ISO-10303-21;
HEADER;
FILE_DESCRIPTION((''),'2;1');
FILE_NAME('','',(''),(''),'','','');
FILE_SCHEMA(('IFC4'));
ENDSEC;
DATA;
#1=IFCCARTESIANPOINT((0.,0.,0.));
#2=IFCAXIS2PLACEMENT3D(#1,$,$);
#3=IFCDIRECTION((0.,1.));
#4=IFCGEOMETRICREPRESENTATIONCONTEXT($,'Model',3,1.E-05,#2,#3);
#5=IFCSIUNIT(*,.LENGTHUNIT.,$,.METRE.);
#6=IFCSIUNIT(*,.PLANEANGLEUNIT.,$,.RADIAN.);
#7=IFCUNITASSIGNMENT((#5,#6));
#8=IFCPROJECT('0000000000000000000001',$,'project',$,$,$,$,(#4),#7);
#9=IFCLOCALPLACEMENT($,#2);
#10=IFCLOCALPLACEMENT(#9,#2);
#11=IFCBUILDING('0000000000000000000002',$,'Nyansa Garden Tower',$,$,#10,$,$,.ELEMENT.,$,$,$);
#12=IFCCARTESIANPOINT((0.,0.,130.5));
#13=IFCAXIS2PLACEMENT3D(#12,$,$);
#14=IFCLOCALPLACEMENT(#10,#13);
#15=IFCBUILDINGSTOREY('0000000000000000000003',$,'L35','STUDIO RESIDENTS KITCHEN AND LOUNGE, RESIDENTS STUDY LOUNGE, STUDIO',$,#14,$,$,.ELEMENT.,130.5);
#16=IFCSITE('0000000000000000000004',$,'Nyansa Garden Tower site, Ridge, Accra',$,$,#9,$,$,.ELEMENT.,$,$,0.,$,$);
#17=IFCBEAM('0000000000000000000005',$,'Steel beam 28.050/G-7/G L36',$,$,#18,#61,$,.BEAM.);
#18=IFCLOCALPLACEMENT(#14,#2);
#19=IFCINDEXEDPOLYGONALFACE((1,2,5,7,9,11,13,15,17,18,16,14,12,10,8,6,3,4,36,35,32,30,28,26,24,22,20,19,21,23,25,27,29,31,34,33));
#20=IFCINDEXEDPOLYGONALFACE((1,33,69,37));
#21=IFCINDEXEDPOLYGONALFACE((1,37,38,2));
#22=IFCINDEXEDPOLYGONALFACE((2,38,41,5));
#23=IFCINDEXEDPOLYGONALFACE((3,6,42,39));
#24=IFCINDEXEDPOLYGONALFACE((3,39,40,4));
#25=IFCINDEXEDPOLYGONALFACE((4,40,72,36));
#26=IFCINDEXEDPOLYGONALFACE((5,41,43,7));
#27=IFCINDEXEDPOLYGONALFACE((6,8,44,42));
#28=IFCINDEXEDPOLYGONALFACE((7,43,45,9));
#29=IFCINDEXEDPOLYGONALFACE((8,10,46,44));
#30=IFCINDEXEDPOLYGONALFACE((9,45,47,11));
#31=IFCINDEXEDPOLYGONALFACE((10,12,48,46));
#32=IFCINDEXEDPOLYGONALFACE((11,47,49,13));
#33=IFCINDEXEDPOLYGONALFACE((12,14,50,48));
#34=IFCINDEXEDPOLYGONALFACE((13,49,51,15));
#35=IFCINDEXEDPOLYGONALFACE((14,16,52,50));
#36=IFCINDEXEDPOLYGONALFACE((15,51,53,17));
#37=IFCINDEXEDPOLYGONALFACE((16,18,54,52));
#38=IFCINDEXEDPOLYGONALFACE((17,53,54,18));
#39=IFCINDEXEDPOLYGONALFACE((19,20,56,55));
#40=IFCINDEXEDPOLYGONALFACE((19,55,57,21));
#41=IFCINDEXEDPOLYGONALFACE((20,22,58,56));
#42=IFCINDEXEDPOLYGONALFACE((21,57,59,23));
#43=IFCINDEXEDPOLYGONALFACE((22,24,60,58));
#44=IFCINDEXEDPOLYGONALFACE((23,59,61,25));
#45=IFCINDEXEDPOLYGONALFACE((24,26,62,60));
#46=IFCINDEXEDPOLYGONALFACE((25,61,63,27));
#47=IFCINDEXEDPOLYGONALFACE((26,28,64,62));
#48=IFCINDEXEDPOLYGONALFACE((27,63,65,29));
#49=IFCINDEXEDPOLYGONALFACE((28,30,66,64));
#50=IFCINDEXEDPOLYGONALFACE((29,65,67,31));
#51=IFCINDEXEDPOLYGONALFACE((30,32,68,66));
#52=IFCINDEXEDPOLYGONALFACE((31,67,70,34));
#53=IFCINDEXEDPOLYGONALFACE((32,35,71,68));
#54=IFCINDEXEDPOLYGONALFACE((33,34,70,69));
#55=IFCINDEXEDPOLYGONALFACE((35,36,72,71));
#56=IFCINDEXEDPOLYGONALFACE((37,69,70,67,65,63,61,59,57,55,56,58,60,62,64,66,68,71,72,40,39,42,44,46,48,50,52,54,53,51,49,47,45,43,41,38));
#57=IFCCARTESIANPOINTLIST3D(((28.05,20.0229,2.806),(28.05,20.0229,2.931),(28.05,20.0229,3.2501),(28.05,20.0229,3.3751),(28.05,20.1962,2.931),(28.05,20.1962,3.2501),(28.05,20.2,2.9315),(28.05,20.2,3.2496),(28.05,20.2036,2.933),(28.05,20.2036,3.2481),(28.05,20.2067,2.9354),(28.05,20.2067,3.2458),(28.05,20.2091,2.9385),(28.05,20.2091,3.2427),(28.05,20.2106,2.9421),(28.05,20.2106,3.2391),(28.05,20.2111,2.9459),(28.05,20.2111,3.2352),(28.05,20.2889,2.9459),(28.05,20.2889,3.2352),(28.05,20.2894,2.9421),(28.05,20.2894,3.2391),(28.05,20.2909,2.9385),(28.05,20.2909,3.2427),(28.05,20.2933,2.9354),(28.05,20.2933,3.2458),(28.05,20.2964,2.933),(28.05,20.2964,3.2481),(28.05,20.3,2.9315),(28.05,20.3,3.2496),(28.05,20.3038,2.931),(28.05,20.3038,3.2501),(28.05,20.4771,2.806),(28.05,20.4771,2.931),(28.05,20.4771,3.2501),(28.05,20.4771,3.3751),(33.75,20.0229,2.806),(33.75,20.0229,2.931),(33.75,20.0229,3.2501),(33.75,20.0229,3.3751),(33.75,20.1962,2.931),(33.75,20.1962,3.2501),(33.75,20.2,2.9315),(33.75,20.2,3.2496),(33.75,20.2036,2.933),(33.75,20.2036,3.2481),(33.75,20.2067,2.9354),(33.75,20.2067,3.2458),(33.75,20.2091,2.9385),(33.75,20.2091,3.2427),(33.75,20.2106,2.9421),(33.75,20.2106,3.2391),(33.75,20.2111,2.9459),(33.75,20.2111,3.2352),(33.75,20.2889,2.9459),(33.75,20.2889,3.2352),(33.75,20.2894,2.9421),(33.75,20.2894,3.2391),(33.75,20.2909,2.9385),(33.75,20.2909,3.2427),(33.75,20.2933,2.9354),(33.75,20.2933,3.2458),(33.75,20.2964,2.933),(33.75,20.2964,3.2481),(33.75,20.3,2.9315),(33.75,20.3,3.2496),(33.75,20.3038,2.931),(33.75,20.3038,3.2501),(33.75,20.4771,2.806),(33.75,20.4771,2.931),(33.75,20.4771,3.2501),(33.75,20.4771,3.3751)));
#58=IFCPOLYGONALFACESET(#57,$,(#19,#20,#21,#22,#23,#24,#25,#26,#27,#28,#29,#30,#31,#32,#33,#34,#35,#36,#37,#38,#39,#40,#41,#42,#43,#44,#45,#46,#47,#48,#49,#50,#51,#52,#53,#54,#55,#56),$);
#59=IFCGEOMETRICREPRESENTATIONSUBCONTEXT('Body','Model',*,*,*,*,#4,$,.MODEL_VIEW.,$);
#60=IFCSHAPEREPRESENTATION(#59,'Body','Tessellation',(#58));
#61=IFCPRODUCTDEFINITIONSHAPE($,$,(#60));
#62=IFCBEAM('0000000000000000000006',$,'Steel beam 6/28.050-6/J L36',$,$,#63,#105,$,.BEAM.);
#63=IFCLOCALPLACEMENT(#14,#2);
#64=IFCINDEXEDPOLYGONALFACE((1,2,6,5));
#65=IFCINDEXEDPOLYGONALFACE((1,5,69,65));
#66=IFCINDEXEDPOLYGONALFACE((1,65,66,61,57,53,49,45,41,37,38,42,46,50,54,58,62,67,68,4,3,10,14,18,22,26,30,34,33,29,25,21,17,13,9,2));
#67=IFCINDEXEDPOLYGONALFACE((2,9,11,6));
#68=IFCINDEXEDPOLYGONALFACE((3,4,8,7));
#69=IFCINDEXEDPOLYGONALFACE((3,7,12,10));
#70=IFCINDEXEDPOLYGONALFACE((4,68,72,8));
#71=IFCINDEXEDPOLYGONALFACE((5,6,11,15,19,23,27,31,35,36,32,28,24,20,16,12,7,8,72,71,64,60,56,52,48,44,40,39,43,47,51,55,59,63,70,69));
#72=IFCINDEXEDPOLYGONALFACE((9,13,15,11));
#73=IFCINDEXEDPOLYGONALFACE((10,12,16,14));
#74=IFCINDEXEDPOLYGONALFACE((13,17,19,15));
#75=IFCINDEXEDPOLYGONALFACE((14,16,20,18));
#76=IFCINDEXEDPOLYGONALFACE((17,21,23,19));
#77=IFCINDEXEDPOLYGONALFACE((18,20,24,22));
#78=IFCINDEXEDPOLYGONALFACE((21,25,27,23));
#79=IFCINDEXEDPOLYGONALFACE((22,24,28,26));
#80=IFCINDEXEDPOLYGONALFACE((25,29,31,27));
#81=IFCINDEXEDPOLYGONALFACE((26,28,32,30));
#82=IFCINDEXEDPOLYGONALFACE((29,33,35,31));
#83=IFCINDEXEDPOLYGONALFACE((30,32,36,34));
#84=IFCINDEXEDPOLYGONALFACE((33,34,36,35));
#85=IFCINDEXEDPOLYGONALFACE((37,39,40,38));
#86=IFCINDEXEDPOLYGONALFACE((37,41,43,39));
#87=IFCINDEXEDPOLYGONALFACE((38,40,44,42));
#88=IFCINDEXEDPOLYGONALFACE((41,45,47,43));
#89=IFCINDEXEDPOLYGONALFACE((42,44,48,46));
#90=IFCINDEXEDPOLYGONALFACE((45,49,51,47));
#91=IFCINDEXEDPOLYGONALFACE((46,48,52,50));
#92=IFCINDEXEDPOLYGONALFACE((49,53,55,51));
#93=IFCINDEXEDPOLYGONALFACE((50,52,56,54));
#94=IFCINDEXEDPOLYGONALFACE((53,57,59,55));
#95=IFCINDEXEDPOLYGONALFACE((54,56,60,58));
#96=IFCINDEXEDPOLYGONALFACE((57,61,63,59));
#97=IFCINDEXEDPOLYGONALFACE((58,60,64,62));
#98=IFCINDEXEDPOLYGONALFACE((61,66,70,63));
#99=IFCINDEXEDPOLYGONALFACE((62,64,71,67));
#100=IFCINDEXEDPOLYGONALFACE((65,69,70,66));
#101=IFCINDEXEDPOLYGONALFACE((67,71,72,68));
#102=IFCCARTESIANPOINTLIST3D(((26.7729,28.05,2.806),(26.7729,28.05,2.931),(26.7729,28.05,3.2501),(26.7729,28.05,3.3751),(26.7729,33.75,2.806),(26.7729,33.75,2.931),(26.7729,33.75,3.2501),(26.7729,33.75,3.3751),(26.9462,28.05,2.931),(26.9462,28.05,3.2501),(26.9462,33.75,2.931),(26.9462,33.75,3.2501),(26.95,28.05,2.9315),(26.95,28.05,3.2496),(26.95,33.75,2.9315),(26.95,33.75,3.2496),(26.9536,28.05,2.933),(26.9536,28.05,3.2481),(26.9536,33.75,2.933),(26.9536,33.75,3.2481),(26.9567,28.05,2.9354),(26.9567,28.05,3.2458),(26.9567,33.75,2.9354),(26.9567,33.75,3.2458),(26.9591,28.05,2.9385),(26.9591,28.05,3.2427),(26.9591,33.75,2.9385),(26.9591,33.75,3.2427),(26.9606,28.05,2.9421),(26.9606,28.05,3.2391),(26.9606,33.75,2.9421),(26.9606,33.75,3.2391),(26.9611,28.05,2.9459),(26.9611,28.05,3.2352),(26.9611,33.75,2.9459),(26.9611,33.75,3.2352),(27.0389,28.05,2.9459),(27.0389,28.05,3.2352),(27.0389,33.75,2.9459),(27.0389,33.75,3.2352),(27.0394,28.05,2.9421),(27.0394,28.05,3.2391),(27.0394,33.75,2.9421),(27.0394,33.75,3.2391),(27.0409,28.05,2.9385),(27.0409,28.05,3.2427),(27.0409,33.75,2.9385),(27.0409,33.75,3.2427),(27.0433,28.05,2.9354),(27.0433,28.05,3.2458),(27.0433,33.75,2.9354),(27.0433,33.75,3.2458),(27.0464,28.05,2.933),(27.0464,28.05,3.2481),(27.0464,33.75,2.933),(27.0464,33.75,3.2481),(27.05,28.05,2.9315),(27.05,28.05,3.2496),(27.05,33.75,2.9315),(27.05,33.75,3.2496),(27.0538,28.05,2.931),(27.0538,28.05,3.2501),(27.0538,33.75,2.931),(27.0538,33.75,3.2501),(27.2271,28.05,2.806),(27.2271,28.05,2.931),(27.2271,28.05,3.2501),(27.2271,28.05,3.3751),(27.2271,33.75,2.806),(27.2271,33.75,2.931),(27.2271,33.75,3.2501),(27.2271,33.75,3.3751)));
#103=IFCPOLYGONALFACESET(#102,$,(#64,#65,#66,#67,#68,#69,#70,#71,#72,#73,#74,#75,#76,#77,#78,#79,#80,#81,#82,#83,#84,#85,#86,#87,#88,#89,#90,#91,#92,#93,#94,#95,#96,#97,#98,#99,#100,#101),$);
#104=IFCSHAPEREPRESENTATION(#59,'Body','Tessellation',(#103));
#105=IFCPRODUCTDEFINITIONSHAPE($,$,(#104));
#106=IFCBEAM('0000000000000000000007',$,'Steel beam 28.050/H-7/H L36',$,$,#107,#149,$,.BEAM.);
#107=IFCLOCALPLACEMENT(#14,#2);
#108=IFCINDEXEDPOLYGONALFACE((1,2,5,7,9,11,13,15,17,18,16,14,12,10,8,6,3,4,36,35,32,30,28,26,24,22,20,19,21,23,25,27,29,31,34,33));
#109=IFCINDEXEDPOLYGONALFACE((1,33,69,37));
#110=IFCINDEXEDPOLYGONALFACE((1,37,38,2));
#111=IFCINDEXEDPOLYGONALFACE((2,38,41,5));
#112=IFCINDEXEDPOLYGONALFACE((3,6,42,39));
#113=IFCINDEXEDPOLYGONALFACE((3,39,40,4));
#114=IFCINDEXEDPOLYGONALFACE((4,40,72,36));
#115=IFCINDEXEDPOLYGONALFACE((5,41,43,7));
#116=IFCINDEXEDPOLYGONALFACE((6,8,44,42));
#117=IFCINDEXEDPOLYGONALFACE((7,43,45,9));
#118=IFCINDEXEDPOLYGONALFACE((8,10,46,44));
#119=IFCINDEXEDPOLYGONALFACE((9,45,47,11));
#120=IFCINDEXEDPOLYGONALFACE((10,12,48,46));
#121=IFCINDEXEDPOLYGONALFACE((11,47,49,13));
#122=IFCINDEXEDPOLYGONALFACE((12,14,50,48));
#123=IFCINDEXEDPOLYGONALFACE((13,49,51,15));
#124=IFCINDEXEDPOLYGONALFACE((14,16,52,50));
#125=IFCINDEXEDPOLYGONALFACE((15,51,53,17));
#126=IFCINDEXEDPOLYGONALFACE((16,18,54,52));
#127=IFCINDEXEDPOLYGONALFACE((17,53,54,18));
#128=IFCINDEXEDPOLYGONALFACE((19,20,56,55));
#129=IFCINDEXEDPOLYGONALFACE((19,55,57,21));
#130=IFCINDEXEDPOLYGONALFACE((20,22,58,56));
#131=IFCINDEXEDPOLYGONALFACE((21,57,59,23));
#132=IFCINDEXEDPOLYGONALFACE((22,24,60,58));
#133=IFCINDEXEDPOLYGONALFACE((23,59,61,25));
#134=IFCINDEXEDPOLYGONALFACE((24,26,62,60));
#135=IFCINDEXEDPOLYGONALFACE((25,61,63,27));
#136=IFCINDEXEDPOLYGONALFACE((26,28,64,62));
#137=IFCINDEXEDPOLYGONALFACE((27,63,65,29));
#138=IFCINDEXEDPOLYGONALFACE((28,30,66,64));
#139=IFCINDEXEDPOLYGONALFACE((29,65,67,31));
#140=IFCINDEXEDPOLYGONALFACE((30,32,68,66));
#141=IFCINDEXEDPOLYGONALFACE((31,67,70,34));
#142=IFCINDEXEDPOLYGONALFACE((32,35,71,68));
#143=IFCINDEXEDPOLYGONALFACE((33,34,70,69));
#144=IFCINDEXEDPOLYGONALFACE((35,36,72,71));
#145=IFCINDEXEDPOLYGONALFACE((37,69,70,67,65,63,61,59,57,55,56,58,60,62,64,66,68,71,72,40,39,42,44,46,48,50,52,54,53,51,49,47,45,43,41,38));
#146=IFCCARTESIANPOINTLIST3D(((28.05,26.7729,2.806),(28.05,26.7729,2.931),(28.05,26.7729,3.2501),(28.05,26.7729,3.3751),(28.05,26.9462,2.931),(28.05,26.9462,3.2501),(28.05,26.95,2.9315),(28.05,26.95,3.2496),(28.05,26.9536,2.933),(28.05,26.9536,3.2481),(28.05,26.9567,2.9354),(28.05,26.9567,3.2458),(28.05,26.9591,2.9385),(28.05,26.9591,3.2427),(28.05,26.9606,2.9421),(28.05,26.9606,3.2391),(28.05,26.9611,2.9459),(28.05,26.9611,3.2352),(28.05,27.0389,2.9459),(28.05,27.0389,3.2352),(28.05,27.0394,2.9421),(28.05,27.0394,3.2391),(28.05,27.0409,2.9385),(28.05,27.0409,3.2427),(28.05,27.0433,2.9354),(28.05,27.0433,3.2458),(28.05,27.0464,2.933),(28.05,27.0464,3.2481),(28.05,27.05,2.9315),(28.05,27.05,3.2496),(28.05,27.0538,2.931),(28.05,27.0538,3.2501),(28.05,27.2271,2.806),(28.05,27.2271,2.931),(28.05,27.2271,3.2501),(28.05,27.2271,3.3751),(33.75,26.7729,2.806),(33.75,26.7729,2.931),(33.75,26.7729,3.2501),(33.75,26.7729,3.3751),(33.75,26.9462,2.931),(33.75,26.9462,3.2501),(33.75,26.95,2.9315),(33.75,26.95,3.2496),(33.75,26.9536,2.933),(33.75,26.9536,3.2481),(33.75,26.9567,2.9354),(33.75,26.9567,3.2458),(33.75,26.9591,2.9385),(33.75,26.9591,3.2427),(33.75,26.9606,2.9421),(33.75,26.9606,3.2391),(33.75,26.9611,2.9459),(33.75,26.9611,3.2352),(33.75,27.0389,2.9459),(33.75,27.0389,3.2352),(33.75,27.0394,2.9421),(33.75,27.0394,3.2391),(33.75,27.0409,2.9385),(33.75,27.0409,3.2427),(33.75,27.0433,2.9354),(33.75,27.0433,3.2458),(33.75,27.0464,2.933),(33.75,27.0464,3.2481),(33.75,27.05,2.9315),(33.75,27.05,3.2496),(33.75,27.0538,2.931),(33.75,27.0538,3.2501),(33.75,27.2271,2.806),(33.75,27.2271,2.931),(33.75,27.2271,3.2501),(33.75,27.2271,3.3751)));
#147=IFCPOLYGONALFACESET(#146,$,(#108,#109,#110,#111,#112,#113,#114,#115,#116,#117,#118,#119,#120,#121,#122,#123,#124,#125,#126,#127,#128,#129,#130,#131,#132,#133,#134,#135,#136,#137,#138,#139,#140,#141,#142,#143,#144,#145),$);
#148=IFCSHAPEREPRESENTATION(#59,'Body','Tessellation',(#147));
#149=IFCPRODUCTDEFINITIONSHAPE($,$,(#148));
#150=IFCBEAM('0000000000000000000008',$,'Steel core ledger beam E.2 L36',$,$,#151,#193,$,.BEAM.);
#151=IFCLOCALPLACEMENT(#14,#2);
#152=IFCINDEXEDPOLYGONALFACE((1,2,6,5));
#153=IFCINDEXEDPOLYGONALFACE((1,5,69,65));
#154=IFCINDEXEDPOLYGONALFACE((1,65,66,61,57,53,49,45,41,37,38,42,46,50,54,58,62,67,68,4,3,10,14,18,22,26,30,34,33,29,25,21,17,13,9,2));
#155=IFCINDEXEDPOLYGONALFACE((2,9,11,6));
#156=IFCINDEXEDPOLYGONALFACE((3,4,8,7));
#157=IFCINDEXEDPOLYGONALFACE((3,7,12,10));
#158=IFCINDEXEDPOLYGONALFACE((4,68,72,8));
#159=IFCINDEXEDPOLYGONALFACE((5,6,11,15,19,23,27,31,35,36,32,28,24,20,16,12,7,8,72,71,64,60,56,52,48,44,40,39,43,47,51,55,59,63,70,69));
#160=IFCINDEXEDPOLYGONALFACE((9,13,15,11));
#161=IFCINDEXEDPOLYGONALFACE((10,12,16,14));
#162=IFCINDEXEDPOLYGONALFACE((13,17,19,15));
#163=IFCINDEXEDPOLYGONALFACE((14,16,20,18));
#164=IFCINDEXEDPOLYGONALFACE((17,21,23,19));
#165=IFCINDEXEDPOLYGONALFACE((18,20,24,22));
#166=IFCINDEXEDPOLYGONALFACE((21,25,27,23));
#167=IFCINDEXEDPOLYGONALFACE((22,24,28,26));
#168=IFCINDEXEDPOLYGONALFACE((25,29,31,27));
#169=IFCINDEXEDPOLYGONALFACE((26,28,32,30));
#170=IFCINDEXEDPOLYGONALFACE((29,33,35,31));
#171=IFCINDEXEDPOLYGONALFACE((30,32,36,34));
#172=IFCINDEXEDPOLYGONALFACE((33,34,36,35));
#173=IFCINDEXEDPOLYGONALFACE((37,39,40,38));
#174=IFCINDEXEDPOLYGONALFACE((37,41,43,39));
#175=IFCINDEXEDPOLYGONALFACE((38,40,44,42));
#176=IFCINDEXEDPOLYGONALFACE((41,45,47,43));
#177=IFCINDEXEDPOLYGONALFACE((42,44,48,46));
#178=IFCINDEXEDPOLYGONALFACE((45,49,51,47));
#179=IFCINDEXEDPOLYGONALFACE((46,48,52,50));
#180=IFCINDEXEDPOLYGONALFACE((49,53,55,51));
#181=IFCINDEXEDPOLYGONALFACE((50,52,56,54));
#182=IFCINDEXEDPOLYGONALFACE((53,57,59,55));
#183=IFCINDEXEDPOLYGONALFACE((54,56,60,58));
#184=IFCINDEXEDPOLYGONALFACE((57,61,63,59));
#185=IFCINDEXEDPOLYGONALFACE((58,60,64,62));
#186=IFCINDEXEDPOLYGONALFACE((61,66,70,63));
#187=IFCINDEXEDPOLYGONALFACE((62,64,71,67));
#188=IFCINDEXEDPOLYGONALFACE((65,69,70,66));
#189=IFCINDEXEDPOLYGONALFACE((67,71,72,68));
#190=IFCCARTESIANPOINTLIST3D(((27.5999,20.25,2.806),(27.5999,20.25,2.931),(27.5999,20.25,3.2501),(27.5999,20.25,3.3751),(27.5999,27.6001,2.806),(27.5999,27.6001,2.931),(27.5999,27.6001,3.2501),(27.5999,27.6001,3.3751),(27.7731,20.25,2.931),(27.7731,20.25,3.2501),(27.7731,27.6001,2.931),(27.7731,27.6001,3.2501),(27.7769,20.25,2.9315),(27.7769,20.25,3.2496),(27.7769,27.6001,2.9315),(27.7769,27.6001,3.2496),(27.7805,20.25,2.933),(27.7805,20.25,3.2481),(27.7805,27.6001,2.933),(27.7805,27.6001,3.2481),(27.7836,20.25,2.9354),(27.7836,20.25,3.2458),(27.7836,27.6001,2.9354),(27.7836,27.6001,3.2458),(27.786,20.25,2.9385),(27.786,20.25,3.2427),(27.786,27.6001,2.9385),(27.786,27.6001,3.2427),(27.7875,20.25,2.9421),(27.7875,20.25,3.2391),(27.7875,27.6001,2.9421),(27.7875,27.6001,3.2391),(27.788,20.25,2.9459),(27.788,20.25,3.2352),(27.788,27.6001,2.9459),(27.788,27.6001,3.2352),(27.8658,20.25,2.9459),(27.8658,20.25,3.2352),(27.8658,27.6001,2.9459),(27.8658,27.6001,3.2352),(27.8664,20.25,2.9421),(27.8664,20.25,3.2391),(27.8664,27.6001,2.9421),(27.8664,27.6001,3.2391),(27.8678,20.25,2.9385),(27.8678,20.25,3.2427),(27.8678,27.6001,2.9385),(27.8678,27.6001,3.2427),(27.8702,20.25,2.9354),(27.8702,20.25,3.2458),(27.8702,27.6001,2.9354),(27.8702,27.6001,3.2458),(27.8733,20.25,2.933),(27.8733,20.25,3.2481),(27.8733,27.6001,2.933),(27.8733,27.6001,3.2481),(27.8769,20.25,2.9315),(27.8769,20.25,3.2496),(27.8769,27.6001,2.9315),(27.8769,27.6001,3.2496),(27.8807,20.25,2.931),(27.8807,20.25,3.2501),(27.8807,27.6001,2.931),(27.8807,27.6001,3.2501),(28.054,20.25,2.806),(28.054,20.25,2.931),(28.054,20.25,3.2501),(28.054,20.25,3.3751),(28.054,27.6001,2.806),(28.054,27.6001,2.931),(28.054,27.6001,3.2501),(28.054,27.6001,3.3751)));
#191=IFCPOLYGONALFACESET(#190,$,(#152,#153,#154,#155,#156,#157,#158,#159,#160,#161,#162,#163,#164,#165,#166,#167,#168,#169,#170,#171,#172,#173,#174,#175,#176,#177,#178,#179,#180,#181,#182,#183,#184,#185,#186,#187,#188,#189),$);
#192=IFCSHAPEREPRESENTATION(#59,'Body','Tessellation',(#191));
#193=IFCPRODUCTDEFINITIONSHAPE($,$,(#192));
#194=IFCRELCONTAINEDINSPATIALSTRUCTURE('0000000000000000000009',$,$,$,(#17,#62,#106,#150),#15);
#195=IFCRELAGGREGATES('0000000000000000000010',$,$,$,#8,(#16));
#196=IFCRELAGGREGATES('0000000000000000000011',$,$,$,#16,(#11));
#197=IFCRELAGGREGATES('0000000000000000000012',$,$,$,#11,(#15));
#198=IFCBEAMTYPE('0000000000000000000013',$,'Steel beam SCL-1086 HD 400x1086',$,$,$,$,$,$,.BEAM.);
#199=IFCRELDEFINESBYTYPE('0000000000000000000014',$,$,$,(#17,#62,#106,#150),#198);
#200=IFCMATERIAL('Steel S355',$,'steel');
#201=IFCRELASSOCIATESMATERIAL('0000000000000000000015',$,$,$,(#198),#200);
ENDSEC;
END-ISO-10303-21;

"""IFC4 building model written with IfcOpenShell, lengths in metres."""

from ifc_helpers import new_model, si_unit, direction, frame, origin, origin_2d, place, context, subcontext, project, spatial, i_section, extrude, material, material_profile, profile_set, type_object, element, save


model = new_model("IFC4")

# Units and contexts
model_context = context("Model", 3, precision=1e-05, world=origin(), true_north=direction((0.0, 1.0)))
body_context = subcontext(model_context, "Body", "Model", "MODEL_VIEW")
ifc_project = project(units=[si_unit("LENGTHUNIT", "METRE"), si_unit("PLANEANGLEUNIT", "RADIAN")], contexts=[model_context])

# Site, building, storey
site_placement = place(None, origin())
site = spatial("IfcSite", under=ifc_project, at=site_placement, Name="Nyansa Garden Tower site, Ridge, Accra", CompositionType="ELEMENT", RefElevation=0.0)
building_placement = place(site_placement, origin())
building = spatial("IfcBuilding", under=site, at=building_placement, Name="Nyansa Garden Tower", CompositionType="ELEMENT")
storey_placement = place(building_placement, frame((0.0, 0.0, 130.5)))
storey = spatial("IfcBuildingStorey", under=building, at=storey_placement, Name="L35", Description="STUDIO RESIDENTS KITCHEN AND LOUNGE, RESIDENTS STUDY LOUNGE, STUDIO", CompositionType="ELEMENT", Elevation=130.5)

# Beams
ifc_material_1 = material(Name="Steel S355", Category="steel")
ifc_material_profile_1 = material_profile(ifc_material_1, i_section(OverallWidth=0.4541, OverallDepth=0.5691, WebThickness=0.0779, FlangeThickness=0.125, FilletRadius=0.0149, at=origin_2d()), Name="HD 400x1086")
ifc_profile_set_1 = profile_set([ifc_material_profile_1], Name="Steel S355")
beam_type_1 = type_object("IfcBeamType", Name="Steel beam SCL-1086 HD 400x1086", PredefinedType="BEAM", material=ifc_profile_set_1)
for number, where, z_axis, x_axis, name in (
    (1, (28.05, 20.25, 3.0906), (1.0, 0.0, 0.0), (0.0, 1.0, 0.0), "Steel beam 28.050/G-7/G L36"),
    (2, (27.0, 28.05, 3.0906), (0.0, 1.0, 0.0), (-1.0, 0.0, 0.0), "Steel beam 6/28.050-6/J L36"),
    (3, (28.05, 27.0, 3.0906), (1.0, 0.0, 0.0), (0.0, 1.0, 0.0), "Steel beam 28.050/H-7/H L36"),
):
    element("IfcBeam", number, at=place(storey_placement, frame(where, z_axis=z_axis, x_axis=x_axis)), inside=storey, type_object=beam_type_1, Name=name, PredefinedType="BEAM", context=body_context, shape_type="SweptSolid", body=[
        extrude(i_section(OverallWidth=0.4541, OverallDepth=0.5691, WebThickness=0.0779, FlangeThickness=0.125, FilletRadius=0.0149, at=origin_2d()), origin(), (0.0, 0.0, 1.0), 5.7),
    ])
beam_1_placement = place(storey_placement, frame((27.8269, 20.25, 3.0906), z_axis=(0.0, 1.0, 0.0), x_axis=(-1.0, 0.0, 0.0)))
element("IfcBeam", 4, at=beam_1_placement, inside=storey, type_object=beam_type_1, Name="Steel core ledger beam E.2 L36", PredefinedType="BEAM", context=body_context, shape_type="SweptSolid", body=[
    extrude(i_section(OverallWidth=0.4541, OverallDepth=0.5691, WebThickness=0.0779, FlangeThickness=0.125, FilletRadius=0.0149, at=origin_2d()), origin(), (0.0, 0.0, 1.0), 7.3501),
])

save(model, "model.ifc")
